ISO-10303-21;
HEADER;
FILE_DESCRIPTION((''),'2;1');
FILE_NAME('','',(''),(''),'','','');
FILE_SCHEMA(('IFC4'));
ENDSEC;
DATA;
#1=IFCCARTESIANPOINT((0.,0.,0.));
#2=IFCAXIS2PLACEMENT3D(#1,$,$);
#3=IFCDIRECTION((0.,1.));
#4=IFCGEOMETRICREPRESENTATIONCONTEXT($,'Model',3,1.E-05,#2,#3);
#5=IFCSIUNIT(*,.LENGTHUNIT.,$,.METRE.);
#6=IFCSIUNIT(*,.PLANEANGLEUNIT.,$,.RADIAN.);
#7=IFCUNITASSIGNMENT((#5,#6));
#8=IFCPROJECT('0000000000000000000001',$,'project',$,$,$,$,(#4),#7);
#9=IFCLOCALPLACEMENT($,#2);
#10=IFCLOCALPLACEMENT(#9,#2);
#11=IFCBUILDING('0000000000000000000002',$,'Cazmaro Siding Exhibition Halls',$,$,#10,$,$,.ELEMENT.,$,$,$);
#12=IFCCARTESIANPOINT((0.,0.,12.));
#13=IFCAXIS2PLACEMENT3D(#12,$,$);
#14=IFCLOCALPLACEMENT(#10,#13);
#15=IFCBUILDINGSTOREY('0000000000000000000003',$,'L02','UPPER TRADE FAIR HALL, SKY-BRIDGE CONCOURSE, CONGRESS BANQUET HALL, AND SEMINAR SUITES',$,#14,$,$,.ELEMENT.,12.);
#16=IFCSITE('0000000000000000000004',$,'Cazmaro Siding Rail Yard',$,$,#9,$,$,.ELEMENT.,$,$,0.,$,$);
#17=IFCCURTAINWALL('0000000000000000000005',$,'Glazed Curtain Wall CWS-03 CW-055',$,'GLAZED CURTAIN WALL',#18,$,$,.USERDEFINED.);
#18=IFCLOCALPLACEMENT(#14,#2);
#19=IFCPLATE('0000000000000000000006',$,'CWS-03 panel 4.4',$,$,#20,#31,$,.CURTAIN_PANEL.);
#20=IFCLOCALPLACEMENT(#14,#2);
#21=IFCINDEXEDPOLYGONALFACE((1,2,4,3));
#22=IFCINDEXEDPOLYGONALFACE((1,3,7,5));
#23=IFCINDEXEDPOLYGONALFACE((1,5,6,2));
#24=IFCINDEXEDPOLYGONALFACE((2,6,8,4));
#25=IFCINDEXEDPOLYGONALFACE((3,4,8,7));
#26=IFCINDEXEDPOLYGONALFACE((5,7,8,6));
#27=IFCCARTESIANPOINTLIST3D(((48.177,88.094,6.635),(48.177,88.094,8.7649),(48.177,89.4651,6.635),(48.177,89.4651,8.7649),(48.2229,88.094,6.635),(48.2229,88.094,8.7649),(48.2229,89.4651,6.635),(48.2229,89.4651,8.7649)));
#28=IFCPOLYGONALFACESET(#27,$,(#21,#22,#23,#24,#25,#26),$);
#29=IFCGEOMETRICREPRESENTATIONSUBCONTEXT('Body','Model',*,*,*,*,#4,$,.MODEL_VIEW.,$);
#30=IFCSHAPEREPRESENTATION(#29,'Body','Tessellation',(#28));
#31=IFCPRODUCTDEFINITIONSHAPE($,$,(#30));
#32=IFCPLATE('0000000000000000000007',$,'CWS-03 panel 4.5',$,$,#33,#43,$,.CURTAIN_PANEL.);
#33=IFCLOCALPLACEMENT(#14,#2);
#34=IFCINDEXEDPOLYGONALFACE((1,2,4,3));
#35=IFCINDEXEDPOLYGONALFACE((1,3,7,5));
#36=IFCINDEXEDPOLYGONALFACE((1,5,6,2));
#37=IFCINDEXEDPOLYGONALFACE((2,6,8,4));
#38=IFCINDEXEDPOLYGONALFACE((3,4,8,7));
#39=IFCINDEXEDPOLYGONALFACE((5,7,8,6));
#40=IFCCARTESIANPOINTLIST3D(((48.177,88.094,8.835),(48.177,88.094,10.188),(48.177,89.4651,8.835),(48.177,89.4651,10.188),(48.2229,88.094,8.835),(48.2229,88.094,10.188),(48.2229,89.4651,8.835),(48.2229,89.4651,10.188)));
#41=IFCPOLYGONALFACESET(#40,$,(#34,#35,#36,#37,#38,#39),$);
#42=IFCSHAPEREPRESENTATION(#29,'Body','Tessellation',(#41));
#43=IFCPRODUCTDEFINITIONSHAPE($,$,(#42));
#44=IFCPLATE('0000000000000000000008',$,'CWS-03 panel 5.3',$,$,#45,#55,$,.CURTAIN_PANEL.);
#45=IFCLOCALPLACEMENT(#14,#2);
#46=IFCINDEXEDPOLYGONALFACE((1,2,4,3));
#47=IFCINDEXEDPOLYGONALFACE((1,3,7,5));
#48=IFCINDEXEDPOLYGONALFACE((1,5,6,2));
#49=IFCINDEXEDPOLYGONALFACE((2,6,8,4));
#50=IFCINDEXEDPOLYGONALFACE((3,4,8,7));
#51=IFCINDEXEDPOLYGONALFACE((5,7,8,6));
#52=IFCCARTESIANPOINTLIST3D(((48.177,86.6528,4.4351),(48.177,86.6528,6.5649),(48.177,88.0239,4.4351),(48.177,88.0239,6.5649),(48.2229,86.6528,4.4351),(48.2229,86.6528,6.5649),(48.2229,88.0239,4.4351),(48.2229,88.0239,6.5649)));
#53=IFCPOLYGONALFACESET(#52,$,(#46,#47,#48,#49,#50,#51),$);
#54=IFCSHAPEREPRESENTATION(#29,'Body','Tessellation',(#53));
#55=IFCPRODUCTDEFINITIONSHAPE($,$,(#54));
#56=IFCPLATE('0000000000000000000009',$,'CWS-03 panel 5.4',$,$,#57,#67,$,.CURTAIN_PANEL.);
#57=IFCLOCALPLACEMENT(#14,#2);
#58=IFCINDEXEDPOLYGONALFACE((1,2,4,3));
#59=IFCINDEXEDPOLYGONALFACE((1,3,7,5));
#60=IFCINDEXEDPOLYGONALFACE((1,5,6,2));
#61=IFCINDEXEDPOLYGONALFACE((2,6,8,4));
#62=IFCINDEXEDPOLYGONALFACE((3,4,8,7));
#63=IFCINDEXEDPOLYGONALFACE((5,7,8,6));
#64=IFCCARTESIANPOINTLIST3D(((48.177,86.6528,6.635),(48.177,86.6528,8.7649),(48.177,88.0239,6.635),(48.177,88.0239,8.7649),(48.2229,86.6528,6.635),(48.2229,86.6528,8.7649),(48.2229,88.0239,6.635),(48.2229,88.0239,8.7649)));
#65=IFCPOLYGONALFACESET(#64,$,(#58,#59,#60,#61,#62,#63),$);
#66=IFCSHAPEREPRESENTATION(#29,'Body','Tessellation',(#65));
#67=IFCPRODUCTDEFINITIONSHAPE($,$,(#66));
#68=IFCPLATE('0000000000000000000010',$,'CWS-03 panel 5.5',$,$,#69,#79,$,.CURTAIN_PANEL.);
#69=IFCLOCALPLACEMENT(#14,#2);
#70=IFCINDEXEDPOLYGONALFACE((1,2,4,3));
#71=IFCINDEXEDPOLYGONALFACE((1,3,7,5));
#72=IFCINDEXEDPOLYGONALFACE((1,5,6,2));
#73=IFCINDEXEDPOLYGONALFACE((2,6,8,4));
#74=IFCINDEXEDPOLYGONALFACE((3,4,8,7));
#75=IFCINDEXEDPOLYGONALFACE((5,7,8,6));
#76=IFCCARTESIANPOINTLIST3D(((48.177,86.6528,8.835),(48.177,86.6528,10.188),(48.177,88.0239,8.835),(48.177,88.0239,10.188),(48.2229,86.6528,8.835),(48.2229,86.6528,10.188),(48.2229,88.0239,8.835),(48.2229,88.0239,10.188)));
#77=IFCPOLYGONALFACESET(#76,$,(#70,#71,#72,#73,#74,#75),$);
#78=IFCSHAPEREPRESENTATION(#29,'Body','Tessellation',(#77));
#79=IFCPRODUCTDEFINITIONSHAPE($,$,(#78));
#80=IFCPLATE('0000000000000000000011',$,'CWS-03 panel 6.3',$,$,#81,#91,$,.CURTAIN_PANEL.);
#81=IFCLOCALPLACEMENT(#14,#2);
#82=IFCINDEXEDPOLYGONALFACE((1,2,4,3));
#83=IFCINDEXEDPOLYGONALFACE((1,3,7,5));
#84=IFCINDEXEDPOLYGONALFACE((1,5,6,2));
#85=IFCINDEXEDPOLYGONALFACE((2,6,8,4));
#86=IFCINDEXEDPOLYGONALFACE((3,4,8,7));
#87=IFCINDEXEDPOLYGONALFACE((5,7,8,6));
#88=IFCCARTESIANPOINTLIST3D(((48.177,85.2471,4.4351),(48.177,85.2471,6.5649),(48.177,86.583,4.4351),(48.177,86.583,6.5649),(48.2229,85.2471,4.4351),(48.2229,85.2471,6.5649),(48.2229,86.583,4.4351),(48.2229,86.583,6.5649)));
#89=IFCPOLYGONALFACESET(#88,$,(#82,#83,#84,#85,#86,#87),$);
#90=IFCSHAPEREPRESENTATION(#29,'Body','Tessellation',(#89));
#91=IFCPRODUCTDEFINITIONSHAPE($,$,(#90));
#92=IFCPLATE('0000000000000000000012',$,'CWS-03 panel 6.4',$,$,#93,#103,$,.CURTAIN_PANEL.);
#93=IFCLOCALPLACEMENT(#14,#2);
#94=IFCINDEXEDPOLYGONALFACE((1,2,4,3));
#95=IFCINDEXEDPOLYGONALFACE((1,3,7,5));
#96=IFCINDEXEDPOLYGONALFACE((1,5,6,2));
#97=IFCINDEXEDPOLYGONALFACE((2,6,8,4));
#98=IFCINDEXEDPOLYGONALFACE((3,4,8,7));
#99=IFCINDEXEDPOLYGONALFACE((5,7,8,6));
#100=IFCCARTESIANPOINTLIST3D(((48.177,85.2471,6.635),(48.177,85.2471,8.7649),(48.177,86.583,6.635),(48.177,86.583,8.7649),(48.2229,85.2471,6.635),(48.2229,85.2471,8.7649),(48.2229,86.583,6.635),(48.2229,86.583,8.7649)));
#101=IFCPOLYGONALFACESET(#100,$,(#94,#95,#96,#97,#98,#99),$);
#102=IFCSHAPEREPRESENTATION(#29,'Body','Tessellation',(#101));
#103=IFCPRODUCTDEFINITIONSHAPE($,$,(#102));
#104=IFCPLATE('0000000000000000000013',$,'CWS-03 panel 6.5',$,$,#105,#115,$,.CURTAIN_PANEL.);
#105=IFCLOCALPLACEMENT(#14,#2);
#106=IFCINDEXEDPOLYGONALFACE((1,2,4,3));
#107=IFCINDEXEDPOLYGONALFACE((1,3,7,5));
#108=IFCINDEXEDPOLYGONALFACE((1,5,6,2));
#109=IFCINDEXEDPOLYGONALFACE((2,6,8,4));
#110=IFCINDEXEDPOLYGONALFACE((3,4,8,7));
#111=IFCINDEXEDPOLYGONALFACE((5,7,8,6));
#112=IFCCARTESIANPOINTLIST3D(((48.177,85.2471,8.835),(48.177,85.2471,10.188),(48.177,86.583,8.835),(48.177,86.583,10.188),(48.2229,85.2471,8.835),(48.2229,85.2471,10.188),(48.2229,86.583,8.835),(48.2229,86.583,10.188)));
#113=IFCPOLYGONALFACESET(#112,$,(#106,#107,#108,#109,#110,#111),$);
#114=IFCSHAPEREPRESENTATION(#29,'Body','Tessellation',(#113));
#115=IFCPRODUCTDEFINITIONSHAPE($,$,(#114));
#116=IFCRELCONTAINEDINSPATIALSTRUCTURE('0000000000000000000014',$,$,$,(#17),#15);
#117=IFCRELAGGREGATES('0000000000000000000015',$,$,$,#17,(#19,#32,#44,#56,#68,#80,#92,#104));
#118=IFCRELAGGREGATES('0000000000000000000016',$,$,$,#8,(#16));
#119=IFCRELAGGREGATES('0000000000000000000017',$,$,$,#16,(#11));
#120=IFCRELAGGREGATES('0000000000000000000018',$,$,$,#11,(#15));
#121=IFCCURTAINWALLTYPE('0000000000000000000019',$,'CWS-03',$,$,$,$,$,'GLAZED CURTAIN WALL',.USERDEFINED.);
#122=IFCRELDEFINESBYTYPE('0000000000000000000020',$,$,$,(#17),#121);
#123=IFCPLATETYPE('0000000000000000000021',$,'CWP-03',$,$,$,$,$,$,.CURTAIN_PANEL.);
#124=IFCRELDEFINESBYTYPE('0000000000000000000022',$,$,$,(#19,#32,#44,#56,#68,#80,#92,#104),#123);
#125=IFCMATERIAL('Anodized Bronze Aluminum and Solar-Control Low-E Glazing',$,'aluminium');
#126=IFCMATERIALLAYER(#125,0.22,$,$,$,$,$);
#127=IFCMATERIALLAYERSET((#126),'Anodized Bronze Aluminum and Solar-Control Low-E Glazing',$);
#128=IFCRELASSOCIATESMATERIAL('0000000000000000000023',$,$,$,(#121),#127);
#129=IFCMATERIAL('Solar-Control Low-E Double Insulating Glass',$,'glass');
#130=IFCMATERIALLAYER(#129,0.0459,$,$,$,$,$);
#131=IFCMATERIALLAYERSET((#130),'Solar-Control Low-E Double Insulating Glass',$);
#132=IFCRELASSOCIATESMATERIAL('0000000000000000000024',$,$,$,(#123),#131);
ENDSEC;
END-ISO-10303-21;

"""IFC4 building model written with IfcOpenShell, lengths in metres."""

from ifc_helpers import new_model, si_unit, direction, frame, origin, origin_2d, place, context, subcontext, project, spatial, rectangle, extrude, material, layer, layer_set, type_object, element, aggregate, save


model = new_model("IFC4")

# Units and contexts
model_context = context("Model", 3, precision=1e-05, world=origin(), true_north=direction((0.0, 1.0)))
body_context = subcontext(model_context, "Body", "Model", "MODEL_VIEW")
ifc_project = project(units=[si_unit("LENGTHUNIT", "METRE"), si_unit("PLANEANGLEUNIT", "RADIAN")], contexts=[model_context])

# Site, building, storey
site_placement = place(None, origin())
site = spatial("IfcSite", under=ifc_project, at=site_placement, Name="Cazmaro Siding Rail Yard", CompositionType="ELEMENT", RefElevation=0.0)
building_placement = place(site_placement, origin())
building = spatial("IfcBuilding", under=site, at=building_placement, Name="Cazmaro Siding Exhibition Halls", CompositionType="ELEMENT")
storey_placement = place(building_placement, frame((0.0, 0.0, 12.0)))
storey = spatial("IfcBuildingStorey", under=building, at=storey_placement, Name="L02", Description="UPPER TRADE FAIR HALL, SKY-BRIDGE CONCOURSE, CONGRESS BANQUET HALL, AND SEMINAR SUITES", CompositionType="ELEMENT", Elevation=12.0)

# Shared definitions
ifc_material_1 = material(Name="Anodized Bronze Aluminum and Solar-Control Low-E Glazing", Category="aluminium")
ifc_layer_1 = layer(ifc_material_1, 0.22)
ifc_layer_set_1 = layer_set([ifc_layer_1], Name="Anodized Bronze Aluminum and Solar-Control Low-E Glazing")
curtain_wall_type = type_object("IfcCurtainWallType", Name="CWS-03", ElementType="GLAZED CURTAIN WALL", PredefinedType="USERDEFINED", material=ifc_layer_set_1)

# Curtain wall, plates
curtain_wall_1_placement = place(storey_placement, origin())
curtain_wall_1 = element("IfcCurtainWall", 1, at=curtain_wall_1_placement, inside=storey, type_object=curtain_wall_type, Name="Glazed Curtain Wall CWS-03 CW-055", ObjectType="GLAZED CURTAIN WALL", PredefinedType="USERDEFINED")
ifc_material_2 = material(Name="Solar-Control Low-E Double Insulating Glass", Category="glass")
ifc_layer_2 = layer(ifc_material_2, 0.0459)
ifc_layer_set_2 = layer_set([ifc_layer_2], Name="Solar-Control Low-E Double Insulating Glass")
plate_type = type_object("IfcPlateType", Name="CWP-03", PredefinedType="CURTAIN_PANEL", material=ifc_layer_set_2)
plate_1_placement = place(storey_placement, frame((48.2, 88.7795, 6.635), z_axis=(0.0, 0.0, 1.0), x_axis=(0.0, -1.0, 0.0)))
plate_1 = element("IfcPlate", 2, at=plate_1_placement, type_object=plate_type, Name="CWS-03 panel 4.4", PredefinedType="CURTAIN_PANEL", context=body_context, shape_type="SweptSolid", body=[
    extrude(rectangle(XDim=1.3711, YDim=0.0459, at=origin_2d()), origin(), (0.0, 0.0, 1.0), 2.1299),
])
plate_2_placement = place(storey_placement, frame((48.2, 88.7795, 8.835), z_axis=(0.0, 0.0, 1.0), x_axis=(0.0, -1.0, 0.0)))
plate_2 = element("IfcPlate", 3, at=plate_2_placement, type_object=plate_type, Name="CWS-03 panel 4.5", PredefinedType="CURTAIN_PANEL", context=body_context, shape_type="SweptSolid", body=[
    extrude(rectangle(XDim=1.3711, YDim=0.0459, at=origin_2d()), origin(), (0.0, 0.0, 1.0), 1.353),
])
plate_3_placement = place(storey_placement, frame((48.2, 87.3384, 4.4351), z_axis=(0.0, 0.0, 1.0), x_axis=(0.0, -1.0, 0.0)))
plate_3 = element("IfcPlate", 4, at=plate_3_placement, type_object=plate_type, Name="CWS-03 panel 5.3", PredefinedType="CURTAIN_PANEL", context=body_context, shape_type="SweptSolid", body=[
    extrude(rectangle(XDim=1.3711, YDim=0.0459, at=origin_2d()), origin(), (0.0, 0.0, 1.0), 2.1299),
])
plate_4_placement = place(storey_placement, frame((48.2, 87.3384, 6.635), z_axis=(0.0, 0.0, 1.0), x_axis=(0.0, -1.0, 0.0)))
plate_4 = element("IfcPlate", 5, at=plate_4_placement, type_object=plate_type, Name="CWS-03 panel 5.4", PredefinedType="CURTAIN_PANEL", context=body_context, shape_type="SweptSolid", body=[
    extrude(rectangle(XDim=1.3711, YDim=0.0459, at=origin_2d()), origin(), (0.0, 0.0, 1.0), 2.1299),
])
plate_5_placement = place(storey_placement, frame((48.2, 87.3384, 8.835), z_axis=(0.0, 0.0, 1.0), x_axis=(0.0, -1.0, 0.0)))
plate_5 = element("IfcPlate", 6, at=plate_5_placement, type_object=plate_type, Name="CWS-03 panel 5.5", PredefinedType="CURTAIN_PANEL", context=body_context, shape_type="SweptSolid", body=[
    extrude(rectangle(XDim=1.3711, YDim=0.0459, at=origin_2d()), origin(), (0.0, 0.0, 1.0), 1.353),
])
plate_6_placement = place(storey_placement, frame((48.2, 85.915, 4.4351), z_axis=(0.0, 0.0, 1.0), x_axis=(0.0, -1.0, 0.0)))
plate_6 = element("IfcPlate", 7, at=plate_6_placement, type_object=plate_type, Name="CWS-03 panel 6.3", PredefinedType="CURTAIN_PANEL", context=body_context, shape_type="SweptSolid", body=[
    extrude(rectangle(XDim=1.3359, YDim=0.0459, at=origin_2d()), origin(), (0.0, 0.0, 1.0), 2.1299),
])
plate_7_placement = place(storey_placement, frame((48.2, 85.915, 6.635), z_axis=(0.0, 0.0, 1.0), x_axis=(0.0, -1.0, 0.0)))
plate_7 = element("IfcPlate", 8, at=plate_7_placement, type_object=plate_type, Name="CWS-03 panel 6.4", PredefinedType="CURTAIN_PANEL", context=body_context, shape_type="SweptSolid", body=[
    extrude(rectangle(XDim=1.3359, YDim=0.0459, at=origin_2d()), origin(), (0.0, 0.0, 1.0), 2.1299),
])
plate_8_placement = place(storey_placement, frame((48.2, 85.915, 8.835), z_axis=(0.0, 0.0, 1.0), x_axis=(0.0, -1.0, 0.0)))
plate_8 = element("IfcPlate", 9, at=plate_8_placement, type_object=plate_type, Name="CWS-03 panel 6.5", PredefinedType="CURTAIN_PANEL", context=body_context, shape_type="SweptSolid", body=[
    extrude(rectangle(XDim=1.3359, YDim=0.0459, at=origin_2d()), origin(), (0.0, 0.0, 1.0), 1.353),
])
aggregate(curtain_wall_1, [plate_1, plate_2, plate_3, plate_4, plate_5, plate_6, plate_7, plate_8])

save(model, "model.ifc")
